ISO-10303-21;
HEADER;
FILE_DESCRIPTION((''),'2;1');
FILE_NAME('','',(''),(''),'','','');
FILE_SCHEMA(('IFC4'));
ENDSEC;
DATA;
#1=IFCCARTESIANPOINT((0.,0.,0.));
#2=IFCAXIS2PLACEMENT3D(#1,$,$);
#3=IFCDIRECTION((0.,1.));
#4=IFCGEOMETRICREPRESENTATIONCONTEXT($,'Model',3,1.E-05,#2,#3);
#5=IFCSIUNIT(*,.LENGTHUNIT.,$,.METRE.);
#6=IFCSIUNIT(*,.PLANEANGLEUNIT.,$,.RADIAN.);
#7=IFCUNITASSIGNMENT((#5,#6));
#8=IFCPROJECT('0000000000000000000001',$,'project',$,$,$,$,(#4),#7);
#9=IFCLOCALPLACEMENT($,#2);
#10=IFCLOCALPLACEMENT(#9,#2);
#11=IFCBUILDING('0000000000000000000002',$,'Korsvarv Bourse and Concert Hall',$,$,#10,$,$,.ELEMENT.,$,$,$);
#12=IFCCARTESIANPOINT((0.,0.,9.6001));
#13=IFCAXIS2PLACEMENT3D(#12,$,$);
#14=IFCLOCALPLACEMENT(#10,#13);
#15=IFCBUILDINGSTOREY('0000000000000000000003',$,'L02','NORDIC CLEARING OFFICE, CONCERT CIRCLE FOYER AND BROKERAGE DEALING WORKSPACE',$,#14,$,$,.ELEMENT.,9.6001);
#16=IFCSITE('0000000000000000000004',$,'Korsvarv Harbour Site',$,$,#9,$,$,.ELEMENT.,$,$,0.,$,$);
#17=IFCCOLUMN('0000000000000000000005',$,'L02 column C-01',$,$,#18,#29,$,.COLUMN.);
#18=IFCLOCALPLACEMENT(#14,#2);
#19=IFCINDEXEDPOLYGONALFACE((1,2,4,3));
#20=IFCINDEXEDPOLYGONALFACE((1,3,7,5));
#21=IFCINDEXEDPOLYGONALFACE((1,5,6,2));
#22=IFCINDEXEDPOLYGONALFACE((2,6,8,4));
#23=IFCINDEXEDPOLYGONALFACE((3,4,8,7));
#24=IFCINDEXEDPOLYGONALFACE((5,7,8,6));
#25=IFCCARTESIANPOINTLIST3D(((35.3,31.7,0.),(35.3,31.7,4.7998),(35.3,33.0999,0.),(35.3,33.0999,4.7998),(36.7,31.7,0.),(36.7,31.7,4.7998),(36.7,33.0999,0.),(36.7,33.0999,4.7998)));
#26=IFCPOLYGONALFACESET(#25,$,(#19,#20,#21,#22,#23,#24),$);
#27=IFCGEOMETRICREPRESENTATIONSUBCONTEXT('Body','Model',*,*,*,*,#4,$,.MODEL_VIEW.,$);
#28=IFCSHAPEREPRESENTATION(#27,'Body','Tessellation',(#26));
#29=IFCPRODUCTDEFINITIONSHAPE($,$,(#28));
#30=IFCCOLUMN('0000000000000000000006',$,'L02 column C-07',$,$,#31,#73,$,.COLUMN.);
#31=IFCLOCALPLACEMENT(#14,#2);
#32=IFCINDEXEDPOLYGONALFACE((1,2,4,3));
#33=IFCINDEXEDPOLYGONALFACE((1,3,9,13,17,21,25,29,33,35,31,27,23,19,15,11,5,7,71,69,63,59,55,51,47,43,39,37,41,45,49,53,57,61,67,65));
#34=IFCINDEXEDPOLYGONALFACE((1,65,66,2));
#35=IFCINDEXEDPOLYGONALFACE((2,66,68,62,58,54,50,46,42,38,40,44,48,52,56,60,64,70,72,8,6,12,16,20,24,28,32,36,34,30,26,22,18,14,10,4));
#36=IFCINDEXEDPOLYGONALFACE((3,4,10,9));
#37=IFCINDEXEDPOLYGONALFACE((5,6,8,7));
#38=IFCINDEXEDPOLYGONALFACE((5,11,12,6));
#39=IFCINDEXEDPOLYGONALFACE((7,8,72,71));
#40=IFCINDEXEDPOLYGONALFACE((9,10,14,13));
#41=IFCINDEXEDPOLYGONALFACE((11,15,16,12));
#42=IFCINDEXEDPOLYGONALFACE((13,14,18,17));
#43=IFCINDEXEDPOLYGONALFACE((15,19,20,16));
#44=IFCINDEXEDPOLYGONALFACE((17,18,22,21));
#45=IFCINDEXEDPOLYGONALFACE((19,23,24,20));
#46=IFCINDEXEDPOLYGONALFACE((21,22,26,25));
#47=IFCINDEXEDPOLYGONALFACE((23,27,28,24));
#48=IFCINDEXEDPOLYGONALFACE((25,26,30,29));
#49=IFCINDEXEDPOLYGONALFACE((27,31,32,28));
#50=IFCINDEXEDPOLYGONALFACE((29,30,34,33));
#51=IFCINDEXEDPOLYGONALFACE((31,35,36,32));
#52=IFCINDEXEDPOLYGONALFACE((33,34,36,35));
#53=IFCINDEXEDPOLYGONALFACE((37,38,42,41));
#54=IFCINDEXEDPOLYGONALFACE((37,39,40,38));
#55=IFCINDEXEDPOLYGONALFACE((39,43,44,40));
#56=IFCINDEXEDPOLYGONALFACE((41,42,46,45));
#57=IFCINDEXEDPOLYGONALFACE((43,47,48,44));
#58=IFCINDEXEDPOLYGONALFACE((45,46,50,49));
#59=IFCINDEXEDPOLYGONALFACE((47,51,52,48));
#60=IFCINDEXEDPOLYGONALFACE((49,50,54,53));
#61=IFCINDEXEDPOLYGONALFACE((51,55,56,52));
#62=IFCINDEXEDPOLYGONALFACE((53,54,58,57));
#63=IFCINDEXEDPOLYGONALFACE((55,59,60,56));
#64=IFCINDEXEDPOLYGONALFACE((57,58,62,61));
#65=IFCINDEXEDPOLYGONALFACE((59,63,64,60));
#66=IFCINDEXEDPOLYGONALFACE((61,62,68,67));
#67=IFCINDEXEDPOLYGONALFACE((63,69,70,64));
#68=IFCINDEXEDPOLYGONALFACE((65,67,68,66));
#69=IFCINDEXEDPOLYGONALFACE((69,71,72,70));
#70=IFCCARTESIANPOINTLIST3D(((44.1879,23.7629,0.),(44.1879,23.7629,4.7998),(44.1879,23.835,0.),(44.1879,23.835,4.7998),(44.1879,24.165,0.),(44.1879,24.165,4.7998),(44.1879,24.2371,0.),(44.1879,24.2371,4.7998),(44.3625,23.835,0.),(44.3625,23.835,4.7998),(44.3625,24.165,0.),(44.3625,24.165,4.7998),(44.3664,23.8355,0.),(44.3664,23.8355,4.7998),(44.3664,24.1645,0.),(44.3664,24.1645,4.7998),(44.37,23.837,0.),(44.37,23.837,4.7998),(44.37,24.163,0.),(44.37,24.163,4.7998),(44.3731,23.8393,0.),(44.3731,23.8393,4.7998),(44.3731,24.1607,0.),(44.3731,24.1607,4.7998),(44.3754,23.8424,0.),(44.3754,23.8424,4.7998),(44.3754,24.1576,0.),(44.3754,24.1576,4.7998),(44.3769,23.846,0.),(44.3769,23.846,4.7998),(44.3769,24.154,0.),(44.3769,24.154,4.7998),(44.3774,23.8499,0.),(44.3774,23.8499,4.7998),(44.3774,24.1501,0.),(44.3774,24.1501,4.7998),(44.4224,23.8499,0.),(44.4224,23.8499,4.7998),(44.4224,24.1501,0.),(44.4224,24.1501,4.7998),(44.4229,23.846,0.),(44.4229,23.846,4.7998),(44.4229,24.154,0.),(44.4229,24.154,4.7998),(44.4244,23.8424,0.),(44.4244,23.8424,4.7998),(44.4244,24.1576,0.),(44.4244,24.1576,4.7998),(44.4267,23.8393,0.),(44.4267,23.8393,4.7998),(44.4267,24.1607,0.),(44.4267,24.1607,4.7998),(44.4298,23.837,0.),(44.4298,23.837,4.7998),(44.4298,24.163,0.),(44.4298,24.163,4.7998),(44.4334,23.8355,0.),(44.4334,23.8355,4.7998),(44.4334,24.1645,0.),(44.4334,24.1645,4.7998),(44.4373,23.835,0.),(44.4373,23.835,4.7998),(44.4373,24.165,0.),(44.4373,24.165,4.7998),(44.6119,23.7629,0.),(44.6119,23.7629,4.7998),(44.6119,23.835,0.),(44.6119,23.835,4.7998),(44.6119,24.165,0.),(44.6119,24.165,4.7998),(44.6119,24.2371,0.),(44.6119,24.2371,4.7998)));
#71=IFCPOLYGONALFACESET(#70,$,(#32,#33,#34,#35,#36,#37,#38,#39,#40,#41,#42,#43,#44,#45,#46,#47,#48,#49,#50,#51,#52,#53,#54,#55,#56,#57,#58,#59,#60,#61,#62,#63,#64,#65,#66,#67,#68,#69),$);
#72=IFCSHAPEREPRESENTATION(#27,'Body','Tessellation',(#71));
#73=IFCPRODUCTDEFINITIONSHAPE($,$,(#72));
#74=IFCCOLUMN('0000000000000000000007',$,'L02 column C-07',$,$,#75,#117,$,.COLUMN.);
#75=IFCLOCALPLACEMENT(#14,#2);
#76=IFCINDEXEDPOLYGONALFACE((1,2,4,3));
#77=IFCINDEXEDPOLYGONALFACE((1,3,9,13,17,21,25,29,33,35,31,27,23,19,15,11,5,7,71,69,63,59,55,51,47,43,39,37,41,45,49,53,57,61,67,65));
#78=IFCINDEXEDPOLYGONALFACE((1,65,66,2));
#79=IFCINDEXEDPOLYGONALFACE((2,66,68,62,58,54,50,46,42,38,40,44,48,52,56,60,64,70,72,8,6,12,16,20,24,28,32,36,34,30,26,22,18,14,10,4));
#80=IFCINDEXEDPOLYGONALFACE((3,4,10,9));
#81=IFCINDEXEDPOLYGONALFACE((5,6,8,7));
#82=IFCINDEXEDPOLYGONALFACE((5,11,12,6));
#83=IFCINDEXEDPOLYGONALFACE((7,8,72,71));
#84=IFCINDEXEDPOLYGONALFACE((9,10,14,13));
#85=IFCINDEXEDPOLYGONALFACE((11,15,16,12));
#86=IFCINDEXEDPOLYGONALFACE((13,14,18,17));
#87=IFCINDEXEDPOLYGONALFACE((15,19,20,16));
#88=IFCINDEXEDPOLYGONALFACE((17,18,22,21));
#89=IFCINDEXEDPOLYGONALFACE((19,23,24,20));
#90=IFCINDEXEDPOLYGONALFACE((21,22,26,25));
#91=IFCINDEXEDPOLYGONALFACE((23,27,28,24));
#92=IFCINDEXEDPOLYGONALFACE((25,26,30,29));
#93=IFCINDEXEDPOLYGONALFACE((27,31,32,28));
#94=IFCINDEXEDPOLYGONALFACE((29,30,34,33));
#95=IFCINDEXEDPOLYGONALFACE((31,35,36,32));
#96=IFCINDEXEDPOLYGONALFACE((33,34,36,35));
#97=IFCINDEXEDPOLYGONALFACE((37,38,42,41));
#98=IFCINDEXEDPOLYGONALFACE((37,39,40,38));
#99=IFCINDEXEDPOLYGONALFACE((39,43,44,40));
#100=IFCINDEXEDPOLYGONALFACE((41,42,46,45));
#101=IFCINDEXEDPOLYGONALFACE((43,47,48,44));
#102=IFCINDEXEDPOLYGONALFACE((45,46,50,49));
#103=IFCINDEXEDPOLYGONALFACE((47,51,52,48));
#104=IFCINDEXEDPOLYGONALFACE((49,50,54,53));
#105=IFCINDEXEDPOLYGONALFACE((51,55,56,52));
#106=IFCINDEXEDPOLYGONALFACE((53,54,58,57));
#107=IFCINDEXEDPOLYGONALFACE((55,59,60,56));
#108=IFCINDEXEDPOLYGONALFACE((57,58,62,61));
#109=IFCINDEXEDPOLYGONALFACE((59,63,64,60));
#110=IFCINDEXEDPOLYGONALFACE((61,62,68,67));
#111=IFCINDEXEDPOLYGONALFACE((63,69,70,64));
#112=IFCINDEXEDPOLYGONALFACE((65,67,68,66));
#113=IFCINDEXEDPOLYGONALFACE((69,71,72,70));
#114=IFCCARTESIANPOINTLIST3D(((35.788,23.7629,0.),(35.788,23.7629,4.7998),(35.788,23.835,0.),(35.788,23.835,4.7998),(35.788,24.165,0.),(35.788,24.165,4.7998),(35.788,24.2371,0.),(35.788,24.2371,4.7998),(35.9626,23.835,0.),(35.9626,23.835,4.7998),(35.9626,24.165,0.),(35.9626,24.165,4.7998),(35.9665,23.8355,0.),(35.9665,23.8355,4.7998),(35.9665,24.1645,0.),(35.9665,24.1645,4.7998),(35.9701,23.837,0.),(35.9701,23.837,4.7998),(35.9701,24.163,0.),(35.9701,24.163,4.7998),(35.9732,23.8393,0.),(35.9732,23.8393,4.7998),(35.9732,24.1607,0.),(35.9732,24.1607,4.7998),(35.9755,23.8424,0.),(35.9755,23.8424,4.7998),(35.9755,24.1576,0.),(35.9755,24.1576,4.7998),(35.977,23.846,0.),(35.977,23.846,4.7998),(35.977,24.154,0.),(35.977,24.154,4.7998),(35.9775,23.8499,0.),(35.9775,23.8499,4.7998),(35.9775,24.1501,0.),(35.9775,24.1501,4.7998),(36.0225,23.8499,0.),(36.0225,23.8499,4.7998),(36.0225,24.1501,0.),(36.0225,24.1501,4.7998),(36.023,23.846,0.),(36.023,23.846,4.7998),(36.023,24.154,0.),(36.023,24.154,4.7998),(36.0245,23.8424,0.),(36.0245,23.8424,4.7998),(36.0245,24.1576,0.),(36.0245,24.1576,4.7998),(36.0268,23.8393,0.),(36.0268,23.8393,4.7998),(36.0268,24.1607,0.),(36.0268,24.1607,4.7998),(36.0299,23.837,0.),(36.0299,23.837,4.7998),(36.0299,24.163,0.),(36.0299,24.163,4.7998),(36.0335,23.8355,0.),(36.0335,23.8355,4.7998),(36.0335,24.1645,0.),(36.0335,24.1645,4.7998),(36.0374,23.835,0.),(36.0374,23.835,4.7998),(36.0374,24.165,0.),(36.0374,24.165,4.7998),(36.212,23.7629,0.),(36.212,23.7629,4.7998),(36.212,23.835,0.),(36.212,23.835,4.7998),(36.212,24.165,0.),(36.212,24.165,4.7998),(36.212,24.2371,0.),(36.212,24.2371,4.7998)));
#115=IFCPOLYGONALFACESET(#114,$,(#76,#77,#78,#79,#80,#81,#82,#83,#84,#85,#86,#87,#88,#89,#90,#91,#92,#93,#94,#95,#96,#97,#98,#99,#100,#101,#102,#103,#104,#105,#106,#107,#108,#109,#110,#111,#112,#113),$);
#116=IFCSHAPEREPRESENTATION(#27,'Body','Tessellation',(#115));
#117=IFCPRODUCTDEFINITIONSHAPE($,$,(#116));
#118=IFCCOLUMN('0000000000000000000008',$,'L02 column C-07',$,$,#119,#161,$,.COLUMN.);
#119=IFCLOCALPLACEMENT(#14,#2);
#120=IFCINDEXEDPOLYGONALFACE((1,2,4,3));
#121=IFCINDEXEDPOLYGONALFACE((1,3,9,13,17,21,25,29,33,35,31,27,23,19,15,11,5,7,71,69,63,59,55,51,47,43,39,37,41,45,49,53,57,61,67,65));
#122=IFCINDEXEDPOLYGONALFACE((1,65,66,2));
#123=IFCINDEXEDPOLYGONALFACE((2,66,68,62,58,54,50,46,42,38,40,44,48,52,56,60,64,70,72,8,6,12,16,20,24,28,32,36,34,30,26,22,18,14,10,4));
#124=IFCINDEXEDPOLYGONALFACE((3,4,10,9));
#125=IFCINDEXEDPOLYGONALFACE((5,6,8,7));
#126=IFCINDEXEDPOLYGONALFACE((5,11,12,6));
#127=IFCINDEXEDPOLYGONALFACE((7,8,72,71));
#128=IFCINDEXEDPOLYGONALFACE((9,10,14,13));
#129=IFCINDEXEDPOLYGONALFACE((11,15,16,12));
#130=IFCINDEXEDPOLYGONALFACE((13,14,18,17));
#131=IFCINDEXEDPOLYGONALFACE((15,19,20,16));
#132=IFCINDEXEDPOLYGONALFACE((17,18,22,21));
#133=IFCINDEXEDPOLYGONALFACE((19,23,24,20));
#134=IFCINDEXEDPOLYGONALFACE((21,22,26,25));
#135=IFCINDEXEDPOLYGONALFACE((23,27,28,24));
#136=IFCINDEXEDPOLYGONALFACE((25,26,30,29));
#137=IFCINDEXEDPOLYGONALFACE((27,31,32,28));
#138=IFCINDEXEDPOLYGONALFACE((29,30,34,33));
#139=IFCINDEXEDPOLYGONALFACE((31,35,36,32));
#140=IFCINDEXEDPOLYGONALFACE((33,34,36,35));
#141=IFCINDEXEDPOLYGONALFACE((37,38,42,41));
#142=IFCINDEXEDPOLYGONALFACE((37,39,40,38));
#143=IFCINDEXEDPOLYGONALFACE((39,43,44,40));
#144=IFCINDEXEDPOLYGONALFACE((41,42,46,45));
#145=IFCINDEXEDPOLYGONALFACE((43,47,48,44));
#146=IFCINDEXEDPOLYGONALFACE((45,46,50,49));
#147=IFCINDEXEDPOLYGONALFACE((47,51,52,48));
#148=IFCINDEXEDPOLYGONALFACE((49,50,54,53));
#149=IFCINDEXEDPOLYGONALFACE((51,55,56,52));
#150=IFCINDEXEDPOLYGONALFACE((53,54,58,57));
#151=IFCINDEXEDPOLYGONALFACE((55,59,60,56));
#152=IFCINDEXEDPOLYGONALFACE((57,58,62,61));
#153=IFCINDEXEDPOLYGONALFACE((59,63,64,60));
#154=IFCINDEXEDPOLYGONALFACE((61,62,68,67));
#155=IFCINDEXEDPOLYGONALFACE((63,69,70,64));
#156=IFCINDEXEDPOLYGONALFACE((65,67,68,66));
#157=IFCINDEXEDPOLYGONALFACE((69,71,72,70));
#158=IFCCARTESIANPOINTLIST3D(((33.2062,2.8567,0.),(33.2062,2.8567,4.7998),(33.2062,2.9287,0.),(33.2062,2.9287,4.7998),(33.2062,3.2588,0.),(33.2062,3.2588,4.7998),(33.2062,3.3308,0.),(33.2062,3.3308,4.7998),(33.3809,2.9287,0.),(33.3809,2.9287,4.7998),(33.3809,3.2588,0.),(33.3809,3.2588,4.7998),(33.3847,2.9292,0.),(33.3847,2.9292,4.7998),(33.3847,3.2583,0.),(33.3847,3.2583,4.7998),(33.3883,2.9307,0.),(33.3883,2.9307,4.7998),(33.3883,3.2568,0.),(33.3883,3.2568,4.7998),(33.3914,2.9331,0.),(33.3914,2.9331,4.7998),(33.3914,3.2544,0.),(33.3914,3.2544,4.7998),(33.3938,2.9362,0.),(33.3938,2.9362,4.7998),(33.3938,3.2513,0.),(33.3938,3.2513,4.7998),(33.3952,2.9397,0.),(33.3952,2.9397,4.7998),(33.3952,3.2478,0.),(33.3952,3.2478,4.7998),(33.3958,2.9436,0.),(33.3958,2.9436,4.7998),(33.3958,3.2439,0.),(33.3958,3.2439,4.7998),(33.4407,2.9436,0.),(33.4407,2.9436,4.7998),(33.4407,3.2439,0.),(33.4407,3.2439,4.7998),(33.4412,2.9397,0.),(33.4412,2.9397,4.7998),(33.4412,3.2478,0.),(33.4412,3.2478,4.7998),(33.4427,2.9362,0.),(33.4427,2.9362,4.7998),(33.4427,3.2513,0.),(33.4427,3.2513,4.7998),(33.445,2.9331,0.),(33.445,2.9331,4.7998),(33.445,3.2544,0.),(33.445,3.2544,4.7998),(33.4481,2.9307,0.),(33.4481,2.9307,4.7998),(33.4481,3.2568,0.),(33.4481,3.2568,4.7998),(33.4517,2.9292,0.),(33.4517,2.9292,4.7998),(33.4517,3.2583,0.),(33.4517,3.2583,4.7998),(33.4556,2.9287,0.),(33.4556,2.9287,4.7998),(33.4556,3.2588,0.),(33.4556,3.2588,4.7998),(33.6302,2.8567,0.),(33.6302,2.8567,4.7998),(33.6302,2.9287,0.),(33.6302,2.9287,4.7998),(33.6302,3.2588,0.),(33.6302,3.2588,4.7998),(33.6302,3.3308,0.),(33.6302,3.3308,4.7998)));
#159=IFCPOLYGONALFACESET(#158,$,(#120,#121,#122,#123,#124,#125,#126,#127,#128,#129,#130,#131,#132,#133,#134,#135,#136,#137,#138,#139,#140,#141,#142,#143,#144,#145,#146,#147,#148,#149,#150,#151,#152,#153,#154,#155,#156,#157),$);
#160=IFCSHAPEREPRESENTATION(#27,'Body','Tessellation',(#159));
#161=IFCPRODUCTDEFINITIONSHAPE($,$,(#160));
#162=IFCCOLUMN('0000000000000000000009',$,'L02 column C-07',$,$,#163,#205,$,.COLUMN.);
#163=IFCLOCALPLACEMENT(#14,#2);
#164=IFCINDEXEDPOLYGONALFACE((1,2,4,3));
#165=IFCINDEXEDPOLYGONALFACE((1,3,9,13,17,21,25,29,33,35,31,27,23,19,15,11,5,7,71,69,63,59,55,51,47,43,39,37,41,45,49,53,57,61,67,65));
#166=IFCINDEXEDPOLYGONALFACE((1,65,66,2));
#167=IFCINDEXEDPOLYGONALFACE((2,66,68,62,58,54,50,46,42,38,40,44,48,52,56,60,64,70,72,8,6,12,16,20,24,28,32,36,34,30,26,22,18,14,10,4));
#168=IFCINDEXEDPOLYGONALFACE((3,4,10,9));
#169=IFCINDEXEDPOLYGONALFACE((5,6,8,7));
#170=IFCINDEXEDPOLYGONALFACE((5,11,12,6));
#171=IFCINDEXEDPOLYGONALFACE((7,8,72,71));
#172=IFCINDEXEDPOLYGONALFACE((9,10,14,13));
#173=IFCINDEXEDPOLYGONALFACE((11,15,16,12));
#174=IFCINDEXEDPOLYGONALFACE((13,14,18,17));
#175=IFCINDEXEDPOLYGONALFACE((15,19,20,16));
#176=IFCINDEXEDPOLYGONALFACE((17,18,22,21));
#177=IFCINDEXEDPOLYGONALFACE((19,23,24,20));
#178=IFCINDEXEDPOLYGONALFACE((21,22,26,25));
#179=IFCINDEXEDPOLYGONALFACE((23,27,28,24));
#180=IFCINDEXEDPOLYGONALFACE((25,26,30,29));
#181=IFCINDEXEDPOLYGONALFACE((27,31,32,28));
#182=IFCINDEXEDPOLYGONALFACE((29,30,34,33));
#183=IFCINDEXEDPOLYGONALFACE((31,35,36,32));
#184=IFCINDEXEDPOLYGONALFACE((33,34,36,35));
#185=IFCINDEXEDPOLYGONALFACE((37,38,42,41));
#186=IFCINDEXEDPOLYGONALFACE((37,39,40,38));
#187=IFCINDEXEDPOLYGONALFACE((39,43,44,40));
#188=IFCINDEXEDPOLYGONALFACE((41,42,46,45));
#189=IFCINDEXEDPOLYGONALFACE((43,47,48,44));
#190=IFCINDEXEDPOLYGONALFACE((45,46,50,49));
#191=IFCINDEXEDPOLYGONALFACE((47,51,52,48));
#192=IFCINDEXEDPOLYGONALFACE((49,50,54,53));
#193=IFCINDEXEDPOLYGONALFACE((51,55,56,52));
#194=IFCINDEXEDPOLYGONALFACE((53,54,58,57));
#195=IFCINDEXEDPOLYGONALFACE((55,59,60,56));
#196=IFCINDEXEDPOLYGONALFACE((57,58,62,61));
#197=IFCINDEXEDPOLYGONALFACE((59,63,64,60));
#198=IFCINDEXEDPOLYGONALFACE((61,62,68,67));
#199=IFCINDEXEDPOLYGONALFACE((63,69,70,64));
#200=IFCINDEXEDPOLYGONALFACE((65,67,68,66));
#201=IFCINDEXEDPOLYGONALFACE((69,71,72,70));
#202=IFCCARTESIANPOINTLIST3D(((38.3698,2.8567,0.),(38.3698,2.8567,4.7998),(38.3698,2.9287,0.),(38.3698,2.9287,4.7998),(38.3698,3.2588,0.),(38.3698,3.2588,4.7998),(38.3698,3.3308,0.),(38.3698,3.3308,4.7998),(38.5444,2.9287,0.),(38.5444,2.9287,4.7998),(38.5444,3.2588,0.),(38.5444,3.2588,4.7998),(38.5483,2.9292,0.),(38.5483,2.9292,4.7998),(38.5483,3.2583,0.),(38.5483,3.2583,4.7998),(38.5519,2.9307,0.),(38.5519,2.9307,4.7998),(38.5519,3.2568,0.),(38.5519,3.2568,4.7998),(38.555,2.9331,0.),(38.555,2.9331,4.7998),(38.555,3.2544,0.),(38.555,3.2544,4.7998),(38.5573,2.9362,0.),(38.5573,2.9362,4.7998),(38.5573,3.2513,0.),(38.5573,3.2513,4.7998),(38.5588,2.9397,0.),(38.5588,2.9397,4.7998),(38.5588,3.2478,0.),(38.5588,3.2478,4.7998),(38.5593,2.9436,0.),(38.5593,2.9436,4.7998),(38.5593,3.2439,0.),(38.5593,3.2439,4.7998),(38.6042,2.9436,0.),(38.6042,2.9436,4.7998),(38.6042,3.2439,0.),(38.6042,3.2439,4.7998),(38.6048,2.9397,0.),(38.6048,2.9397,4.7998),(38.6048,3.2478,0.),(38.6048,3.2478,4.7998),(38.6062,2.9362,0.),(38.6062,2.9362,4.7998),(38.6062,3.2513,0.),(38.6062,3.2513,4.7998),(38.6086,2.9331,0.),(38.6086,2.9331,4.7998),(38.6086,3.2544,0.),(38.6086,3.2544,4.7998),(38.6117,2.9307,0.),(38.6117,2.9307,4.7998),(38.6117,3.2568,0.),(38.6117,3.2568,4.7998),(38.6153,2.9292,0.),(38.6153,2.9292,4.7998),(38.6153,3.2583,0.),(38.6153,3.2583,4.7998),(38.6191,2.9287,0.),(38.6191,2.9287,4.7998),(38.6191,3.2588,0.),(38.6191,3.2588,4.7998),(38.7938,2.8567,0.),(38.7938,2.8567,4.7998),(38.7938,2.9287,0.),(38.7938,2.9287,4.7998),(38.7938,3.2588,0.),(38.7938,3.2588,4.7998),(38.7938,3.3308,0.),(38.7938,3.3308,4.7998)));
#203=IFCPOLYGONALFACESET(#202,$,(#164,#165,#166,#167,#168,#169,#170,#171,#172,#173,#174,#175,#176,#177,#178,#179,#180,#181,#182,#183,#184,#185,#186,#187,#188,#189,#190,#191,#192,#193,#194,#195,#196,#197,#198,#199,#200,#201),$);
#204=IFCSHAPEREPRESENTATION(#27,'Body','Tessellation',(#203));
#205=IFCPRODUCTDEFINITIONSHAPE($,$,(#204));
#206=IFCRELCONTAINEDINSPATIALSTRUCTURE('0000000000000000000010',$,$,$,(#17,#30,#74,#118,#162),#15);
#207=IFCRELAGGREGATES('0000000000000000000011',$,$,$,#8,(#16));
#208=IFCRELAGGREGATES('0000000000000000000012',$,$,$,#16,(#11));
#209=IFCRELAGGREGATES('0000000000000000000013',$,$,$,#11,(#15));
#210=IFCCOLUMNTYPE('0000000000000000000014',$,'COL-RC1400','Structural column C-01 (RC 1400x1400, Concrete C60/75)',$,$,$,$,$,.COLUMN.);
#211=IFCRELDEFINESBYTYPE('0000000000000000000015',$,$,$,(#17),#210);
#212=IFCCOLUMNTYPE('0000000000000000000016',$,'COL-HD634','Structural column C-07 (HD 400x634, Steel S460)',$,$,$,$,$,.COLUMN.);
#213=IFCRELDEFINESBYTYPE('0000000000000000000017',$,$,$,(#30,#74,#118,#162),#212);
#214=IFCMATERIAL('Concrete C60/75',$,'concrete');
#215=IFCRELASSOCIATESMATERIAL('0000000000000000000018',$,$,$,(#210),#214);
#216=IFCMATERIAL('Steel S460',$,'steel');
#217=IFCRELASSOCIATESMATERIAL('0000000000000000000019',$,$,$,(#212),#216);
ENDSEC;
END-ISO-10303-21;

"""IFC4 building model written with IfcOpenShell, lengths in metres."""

from ifc_helpers import new_model, si_unit, direction, frame, origin, origin_2d, place, context, subcontext, project, spatial, rectangle, i_section, extrude, source, transform, mapped, material, material_profile, profile_set, type_object, element, save


model = new_model("IFC4")

# Units and contexts
model_context = context("Model", 3, precision=1e-05, world=origin(), true_north=direction((0.0, 1.0)))
body_context = subcontext(model_context, "Body", "Model", "MODEL_VIEW")
ifc_project = project(units=[si_unit("LENGTHUNIT", "METRE"), si_unit("PLANEANGLEUNIT", "RADIAN")], contexts=[model_context])

# Site, building, storey
site_placement = place(None, origin())
site = spatial("IfcSite", under=ifc_project, at=site_placement, Name="Korsvarv Harbour Site", CompositionType="ELEMENT", RefElevation=0.0)
building_placement = place(site_placement, origin())
building = spatial("IfcBuilding", under=site, at=building_placement, Name="Korsvarv Bourse and Concert Hall", CompositionType="ELEMENT")
storey_placement = place(building_placement, frame((0.0, 0.0, 9.6001)))
storey = spatial("IfcBuildingStorey", under=building, at=storey_placement, Name="L02", Description="NORDIC CLEARING OFFICE, CONCERT CIRCLE FOYER AND BROKERAGE DEALING WORKSPACE", CompositionType="ELEMENT", Elevation=9.6001)

# Columns
ifc_material_1 = material(Name="Concrete C60/75", Category="concrete")
ifc_material_profile_1 = material_profile(ifc_material_1, rectangle(XDim=1.3999, YDim=1.3999, at=origin_2d()), Name="RC 1400x1400")
ifc_profile_set_1 = profile_set([ifc_material_profile_1], Name="Concrete C60/75")
column_type_1 = type_object("IfcColumnType", Name="COL-RC1400", Description="Structural column C-01 (RC 1400x1400, Concrete C60/75)", PredefinedType="COLUMN", material=ifc_profile_set_1)
shared_shape_1 = source(origin(), body_context, "Body", "SweptSolid", [
    extrude(rectangle(XDim=1.3999, YDim=1.3999, at=origin_2d()), origin(), (0.0, 0.0, 1.0), 4.7998),
])
column_1_placement = place(storey_placement, frame((36.0, 32.3999, 0.0), z_axis=(0.0, 0.0, 1.0), x_axis=(1.0, 0.0, 0.0)))
element("IfcColumn", 1, at=column_1_placement, inside=storey, type_object=column_type_1, Name="L02 column C-01", PredefinedType="COLUMN", context=body_context, shape_type="MappedRepresentation", body=[
    mapped(shared_shape_1, transform((0.0, 0.0, 0.0), scale=1.0)),
])
ifc_material_2 = material(Name="Steel S460", Category="steel")
ifc_material_profile_2 = material_profile(ifc_material_2, i_section(OverallWidth=0.4241, OverallDepth=0.4741, WebThickness=0.0449, FlangeThickness=0.072, FilletRadius=0.0149, at=origin_2d()), Name="HD 400x634")
ifc_profile_set_2 = profile_set([ifc_material_profile_2], Name="Steel S460")
column_type_2 = type_object("IfcColumnType", Name="COL-HD634", Description="Structural column C-07 (HD 400x634, Steel S460)", PredefinedType="COLUMN", material=ifc_profile_set_2)
shared_shape_2 = source(origin(), body_context, "Body", "SweptSolid", [
    extrude(i_section(OverallWidth=0.4241, OverallDepth=0.4741, WebThickness=0.0449, FlangeThickness=0.072, FilletRadius=0.0149, at=origin_2d()), origin(), (0.0, 0.0, 1.0), 4.7998),
])
for number, where, z_axis, x_axis, name in (
    (2, (44.3999, 24.0, 0.0), (0.0, 0.0, 1.0), (1.0, 0.0, 0.0), "L02 column C-07"),
    (3, (36.0, 24.0, 0.0), (0.0, 0.0, 1.0), (1.0, 0.0, 0.0), "L02 column C-07"),
    (4, (33.4182, 3.0938, 0.0), (0.0, 0.0, 1.0), (1.0, 0.0, 0.0), "L02 column C-07"),
    (5, (38.5818, 3.0938, 0.0), (0.0, 0.0, 1.0), (1.0, 0.0, 0.0), "L02 column C-07"),
):
    element("IfcColumn", number, at=place(storey_placement, frame(where, z_axis=z_axis, x_axis=x_axis)), inside=storey, type_object=column_type_2, Name=name, PredefinedType="COLUMN", context=body_context, shape_type="MappedRepresentation", body=[
        mapped(shared_shape_2, transform((0.0, 0.0, 0.0), scale=1.0)),
    ])

save(model, "model.ifc")
